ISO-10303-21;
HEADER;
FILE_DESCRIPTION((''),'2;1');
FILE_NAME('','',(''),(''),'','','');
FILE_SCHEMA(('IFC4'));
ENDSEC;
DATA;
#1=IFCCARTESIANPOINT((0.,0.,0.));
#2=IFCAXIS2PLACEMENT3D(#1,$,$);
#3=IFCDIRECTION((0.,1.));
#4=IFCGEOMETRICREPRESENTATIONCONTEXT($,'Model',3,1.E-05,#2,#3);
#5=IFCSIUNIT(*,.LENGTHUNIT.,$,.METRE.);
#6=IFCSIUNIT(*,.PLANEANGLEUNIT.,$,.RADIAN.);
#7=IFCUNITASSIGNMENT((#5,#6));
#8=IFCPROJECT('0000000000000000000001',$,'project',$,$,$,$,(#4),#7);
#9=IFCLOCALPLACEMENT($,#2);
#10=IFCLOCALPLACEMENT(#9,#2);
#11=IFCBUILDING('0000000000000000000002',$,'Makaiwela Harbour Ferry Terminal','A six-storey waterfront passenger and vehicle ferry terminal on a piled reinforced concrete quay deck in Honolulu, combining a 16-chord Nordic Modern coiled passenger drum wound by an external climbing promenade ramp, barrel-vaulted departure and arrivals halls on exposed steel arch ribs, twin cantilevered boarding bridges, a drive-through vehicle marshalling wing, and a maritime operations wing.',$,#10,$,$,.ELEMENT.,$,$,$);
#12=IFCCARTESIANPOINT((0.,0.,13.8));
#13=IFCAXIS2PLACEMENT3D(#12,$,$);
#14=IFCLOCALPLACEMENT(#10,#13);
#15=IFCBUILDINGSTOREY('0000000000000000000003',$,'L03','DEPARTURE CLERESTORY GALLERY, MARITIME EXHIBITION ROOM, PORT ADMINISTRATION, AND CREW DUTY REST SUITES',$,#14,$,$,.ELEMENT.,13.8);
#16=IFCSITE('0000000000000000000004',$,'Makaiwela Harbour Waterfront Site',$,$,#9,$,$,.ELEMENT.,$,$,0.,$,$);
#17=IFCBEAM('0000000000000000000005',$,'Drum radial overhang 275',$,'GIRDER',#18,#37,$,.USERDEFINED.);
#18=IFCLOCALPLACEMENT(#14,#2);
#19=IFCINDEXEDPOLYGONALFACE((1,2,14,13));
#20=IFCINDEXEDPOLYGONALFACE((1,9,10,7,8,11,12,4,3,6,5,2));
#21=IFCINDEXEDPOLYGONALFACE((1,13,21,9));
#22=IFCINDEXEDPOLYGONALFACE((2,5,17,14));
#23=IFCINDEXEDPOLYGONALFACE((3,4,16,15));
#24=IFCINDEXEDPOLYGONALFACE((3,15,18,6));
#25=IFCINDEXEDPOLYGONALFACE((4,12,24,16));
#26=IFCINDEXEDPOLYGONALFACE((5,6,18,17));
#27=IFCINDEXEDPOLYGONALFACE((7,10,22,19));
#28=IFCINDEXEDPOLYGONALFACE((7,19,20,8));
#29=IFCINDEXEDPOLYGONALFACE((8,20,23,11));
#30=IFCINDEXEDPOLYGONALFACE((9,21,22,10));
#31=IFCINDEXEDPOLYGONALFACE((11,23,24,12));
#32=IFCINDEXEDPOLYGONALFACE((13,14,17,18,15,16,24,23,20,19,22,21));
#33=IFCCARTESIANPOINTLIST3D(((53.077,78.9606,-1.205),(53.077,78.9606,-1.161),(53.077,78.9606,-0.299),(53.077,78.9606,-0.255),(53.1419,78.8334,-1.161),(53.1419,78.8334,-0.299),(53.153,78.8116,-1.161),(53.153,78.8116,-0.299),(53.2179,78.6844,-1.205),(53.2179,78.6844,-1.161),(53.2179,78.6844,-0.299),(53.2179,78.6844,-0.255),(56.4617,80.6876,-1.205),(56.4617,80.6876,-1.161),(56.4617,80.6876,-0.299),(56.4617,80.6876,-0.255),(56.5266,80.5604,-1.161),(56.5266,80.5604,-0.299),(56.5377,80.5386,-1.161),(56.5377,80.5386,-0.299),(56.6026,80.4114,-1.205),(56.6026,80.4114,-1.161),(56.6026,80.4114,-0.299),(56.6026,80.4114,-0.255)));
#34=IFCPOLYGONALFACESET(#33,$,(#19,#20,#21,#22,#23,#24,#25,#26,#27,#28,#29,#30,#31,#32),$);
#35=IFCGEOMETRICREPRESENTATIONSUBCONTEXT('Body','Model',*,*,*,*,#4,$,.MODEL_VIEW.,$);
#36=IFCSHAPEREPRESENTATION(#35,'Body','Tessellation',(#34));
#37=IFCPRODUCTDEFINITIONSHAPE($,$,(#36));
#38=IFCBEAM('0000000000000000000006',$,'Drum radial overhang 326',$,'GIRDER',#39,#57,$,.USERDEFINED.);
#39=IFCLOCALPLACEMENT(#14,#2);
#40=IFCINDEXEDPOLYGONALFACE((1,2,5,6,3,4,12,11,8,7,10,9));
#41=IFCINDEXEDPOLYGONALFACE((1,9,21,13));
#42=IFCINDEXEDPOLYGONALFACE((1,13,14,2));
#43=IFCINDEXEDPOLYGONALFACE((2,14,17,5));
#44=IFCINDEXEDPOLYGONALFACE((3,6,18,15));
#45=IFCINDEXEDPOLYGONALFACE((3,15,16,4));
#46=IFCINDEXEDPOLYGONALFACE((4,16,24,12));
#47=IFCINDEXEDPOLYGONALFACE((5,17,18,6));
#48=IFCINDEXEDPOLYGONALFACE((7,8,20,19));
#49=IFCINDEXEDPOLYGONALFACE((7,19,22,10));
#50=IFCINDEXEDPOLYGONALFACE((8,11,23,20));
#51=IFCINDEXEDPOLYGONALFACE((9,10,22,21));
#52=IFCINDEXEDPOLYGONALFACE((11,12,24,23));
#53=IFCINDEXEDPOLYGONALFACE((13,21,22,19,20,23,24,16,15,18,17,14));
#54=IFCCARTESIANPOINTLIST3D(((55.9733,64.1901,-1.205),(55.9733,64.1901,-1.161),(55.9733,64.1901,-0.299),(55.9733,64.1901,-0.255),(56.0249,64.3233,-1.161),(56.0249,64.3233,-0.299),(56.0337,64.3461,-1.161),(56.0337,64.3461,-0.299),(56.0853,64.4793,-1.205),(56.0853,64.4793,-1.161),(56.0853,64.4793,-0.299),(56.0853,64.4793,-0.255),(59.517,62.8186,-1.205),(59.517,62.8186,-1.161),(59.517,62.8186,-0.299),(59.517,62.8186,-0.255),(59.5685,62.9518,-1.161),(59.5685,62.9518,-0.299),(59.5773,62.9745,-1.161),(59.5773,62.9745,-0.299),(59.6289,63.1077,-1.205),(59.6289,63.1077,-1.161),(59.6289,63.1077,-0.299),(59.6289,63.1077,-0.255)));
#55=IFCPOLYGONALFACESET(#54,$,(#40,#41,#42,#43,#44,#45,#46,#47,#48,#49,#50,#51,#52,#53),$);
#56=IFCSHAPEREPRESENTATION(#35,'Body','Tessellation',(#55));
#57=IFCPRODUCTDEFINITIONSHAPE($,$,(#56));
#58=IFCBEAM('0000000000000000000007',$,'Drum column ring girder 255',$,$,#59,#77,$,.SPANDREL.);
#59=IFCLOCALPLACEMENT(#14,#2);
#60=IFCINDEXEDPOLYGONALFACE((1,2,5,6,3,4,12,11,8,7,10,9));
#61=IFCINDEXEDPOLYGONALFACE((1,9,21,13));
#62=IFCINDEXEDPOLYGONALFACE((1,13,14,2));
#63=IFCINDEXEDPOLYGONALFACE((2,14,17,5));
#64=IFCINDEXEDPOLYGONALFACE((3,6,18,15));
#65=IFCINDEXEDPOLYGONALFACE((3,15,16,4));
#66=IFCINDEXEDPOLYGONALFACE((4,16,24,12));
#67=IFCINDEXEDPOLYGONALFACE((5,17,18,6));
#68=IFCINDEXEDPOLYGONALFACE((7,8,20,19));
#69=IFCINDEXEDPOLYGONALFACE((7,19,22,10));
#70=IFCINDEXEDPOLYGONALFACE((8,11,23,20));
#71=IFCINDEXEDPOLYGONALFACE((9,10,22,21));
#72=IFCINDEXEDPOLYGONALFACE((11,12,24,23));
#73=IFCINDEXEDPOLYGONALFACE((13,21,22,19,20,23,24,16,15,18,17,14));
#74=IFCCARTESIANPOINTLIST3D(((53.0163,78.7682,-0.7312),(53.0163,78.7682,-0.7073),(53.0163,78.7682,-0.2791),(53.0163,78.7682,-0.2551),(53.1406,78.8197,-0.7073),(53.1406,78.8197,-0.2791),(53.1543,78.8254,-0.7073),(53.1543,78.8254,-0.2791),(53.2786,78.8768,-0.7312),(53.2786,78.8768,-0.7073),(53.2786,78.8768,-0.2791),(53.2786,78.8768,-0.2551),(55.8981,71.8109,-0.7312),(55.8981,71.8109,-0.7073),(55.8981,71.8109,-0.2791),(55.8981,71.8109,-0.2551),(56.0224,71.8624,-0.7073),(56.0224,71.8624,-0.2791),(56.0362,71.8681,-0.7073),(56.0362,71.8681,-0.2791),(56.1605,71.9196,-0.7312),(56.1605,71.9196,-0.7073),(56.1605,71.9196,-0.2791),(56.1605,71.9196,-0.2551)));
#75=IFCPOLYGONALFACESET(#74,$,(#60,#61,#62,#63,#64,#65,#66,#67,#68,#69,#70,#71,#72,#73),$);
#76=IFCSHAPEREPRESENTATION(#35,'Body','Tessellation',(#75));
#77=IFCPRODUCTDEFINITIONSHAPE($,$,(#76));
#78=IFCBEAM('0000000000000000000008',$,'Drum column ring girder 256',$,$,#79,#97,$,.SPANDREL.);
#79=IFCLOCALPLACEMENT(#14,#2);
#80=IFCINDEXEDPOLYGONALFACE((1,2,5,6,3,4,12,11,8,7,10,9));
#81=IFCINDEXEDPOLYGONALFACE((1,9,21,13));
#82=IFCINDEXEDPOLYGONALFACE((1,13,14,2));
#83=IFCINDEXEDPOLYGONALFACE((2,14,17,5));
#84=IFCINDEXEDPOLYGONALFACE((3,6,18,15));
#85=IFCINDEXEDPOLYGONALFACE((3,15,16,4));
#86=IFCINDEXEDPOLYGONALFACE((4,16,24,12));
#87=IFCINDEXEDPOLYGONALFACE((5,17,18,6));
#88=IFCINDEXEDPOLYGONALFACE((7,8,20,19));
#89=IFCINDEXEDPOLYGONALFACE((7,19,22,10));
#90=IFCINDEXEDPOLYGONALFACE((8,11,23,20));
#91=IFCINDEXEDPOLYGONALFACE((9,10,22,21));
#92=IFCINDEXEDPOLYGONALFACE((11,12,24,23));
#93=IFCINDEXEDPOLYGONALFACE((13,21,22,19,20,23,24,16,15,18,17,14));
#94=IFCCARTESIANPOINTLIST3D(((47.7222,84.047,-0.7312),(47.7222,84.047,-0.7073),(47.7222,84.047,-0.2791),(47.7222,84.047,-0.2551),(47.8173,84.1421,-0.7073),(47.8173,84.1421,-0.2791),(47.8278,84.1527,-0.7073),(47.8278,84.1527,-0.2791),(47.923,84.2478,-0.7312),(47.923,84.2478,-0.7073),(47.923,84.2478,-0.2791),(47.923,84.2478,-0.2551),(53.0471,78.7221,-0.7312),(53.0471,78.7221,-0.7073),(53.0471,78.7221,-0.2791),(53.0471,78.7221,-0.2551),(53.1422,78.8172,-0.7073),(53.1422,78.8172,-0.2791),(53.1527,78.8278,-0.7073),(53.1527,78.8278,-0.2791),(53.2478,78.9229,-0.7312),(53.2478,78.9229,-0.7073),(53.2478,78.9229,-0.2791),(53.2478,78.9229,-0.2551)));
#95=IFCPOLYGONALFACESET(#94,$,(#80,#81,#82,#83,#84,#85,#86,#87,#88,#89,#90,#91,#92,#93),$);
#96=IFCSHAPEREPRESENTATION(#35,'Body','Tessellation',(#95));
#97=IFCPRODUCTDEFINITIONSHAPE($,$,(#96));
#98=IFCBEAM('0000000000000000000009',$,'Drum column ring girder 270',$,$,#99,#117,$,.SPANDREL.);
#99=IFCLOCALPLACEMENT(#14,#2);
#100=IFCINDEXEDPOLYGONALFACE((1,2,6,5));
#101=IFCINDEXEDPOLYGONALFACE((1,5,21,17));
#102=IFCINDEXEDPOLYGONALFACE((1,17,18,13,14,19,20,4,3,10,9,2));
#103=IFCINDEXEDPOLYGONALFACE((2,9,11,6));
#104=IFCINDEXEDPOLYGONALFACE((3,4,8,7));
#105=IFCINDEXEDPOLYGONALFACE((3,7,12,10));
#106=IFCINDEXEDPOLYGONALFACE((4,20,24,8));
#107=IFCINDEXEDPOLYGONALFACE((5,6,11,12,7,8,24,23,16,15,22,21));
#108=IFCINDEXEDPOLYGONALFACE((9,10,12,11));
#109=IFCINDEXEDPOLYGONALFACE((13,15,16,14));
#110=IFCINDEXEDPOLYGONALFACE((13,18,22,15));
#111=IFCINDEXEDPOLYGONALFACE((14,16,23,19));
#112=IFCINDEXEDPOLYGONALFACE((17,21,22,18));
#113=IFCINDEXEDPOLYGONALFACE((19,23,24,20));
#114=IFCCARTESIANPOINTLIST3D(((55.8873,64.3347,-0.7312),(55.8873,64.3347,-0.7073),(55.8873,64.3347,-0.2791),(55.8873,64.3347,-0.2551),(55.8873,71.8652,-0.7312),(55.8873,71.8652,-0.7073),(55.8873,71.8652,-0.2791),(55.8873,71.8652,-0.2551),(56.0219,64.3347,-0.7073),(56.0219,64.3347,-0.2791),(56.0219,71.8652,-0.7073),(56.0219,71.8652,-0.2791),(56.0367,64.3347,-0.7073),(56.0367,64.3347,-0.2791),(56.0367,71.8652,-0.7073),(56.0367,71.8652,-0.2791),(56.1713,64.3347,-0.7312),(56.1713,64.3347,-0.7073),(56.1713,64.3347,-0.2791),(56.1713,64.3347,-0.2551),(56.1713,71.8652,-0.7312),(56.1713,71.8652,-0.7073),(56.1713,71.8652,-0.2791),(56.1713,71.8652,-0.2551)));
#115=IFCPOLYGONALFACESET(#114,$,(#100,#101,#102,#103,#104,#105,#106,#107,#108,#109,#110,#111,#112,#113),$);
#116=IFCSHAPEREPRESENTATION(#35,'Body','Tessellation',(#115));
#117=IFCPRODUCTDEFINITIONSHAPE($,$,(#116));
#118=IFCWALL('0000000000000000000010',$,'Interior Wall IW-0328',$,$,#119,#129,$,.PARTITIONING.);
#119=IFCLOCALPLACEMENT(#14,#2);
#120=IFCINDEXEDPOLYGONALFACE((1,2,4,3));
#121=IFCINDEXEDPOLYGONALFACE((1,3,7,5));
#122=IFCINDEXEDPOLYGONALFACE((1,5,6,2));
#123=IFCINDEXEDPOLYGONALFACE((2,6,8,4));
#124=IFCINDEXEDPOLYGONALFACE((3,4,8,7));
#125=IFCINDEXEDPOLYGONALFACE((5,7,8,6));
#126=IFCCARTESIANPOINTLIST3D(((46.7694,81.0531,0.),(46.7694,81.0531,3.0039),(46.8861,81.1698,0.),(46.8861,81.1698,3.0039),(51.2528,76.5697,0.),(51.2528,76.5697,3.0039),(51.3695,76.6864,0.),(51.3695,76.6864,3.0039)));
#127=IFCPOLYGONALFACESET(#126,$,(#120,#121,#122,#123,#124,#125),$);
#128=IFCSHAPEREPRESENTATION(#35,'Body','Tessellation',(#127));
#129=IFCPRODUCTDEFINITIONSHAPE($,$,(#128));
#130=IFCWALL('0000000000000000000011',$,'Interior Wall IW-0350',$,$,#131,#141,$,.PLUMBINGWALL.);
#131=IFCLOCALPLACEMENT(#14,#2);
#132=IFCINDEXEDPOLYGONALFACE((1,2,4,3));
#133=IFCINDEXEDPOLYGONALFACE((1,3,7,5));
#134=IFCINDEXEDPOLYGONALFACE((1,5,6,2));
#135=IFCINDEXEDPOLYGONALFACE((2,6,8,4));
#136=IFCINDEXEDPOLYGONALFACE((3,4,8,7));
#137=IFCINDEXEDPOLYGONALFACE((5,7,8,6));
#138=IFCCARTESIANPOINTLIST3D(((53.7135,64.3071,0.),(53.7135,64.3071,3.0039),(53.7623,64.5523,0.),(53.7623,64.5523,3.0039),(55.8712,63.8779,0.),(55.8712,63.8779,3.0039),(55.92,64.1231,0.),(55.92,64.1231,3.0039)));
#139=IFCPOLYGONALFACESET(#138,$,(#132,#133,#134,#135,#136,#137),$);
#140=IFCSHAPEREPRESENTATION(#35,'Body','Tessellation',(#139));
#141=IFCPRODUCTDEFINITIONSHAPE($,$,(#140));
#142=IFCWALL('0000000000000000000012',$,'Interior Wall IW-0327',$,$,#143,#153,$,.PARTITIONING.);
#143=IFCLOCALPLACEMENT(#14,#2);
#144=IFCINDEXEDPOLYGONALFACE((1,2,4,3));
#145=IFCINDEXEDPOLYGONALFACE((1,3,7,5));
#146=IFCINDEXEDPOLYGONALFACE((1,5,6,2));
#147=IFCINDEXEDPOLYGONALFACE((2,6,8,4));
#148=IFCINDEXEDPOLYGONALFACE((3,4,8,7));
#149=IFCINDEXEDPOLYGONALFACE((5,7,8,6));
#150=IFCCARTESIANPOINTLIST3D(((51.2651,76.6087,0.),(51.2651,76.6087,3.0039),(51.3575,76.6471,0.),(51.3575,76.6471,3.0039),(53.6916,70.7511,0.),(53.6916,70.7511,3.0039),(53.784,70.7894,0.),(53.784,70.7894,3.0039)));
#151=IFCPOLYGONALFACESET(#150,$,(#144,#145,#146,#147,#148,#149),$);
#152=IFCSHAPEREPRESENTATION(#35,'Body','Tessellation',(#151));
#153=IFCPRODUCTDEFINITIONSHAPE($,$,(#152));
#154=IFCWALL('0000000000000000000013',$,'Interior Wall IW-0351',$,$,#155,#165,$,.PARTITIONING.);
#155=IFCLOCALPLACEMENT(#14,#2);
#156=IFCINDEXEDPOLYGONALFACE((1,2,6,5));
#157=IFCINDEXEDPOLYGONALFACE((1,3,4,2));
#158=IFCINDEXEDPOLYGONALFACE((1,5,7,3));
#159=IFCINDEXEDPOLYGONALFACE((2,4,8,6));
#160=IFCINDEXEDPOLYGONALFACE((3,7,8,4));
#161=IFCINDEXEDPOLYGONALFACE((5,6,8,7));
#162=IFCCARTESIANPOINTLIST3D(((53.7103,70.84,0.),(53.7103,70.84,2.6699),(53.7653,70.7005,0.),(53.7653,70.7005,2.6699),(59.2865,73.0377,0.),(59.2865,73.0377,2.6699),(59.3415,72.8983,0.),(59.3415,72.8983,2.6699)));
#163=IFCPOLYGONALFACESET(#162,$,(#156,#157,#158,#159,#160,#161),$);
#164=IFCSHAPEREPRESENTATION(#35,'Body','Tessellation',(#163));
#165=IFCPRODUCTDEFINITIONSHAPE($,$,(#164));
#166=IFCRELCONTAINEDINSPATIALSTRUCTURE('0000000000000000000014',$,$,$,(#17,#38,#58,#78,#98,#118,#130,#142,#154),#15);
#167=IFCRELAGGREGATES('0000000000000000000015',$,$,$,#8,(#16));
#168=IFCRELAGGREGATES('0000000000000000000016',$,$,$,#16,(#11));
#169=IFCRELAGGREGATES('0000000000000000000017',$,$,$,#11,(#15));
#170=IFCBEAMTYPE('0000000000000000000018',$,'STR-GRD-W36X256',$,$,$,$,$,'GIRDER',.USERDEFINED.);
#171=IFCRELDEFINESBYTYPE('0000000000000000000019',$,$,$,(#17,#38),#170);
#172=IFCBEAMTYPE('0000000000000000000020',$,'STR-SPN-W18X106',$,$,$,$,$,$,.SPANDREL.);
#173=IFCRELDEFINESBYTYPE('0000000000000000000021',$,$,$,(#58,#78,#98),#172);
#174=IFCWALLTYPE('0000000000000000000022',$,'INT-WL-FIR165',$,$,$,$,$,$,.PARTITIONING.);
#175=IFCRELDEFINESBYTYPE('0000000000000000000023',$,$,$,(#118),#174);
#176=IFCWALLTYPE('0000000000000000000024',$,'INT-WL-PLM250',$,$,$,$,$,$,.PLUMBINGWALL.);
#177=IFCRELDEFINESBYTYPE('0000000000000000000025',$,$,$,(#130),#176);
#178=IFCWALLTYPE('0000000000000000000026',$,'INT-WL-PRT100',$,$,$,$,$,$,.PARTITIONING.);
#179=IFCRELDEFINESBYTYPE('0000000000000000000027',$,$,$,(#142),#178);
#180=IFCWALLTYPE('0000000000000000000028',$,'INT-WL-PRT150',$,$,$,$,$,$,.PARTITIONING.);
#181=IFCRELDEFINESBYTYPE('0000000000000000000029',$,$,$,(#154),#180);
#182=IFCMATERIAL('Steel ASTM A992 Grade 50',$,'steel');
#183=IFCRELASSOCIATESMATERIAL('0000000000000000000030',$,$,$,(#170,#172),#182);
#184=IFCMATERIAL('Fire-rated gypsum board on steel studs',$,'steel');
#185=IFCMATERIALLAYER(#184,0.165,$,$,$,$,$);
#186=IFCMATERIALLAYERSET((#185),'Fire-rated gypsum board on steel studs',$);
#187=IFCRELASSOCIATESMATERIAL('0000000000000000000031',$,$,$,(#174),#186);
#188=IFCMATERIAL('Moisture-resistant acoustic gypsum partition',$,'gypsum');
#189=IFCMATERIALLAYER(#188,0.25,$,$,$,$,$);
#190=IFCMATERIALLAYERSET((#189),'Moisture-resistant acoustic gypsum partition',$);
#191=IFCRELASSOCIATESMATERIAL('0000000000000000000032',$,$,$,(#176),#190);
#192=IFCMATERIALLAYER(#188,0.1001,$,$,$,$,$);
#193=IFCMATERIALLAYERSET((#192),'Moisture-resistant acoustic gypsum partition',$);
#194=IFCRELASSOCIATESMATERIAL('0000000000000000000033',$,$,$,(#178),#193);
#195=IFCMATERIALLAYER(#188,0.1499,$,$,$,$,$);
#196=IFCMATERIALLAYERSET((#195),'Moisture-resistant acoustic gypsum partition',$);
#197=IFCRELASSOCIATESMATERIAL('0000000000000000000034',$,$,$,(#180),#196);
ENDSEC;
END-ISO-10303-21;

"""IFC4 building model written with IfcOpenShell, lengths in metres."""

from ifc_helpers import new_model, si_unit, direction, frame, frame_2d, origin, origin_2d, place, context, subcontext, project, spatial, rectangle, i_section, extrude, material, layer, layer_set, material_profile, profile_set, type_object, element, save


model = new_model("IFC4")

# Units and contexts
model_context = context("Model", 3, precision=1e-05, world=origin(), true_north=direction((0.0, 1.0)))
body_context = subcontext(model_context, "Body", "Model", "MODEL_VIEW")
ifc_project = project(units=[si_unit("LENGTHUNIT", "METRE"), si_unit("PLANEANGLEUNIT", "RADIAN")], contexts=[model_context])

# Site, building, storey
site_placement = place(None, origin())
site = spatial("IfcSite", under=ifc_project, at=site_placement, Name="Makaiwela Harbour Waterfront Site", CompositionType="ELEMENT", RefElevation=0.0)
building_placement = place(site_placement, origin())
building = spatial("IfcBuilding", under=site, at=building_placement, Name="Makaiwela Harbour Ferry Terminal", Description="A six-storey waterfront passenger and vehicle ferry terminal on a piled reinforced concrete quay deck in Honolulu, combining a 16-chord Nordic Modern coiled passenger drum wound by an external climbing promenade ramp, barrel-vaulted departure and arrivals halls on exposed steel arch ribs, twin cantilevered boarding bridges, a drive-through vehicle marshalling wing, and a maritime operations wing.", CompositionType="ELEMENT")
storey_placement = place(building_placement, frame((0.0, 0.0, 13.8)))
storey = spatial("IfcBuildingStorey", under=building, at=storey_placement, Name="L03", Description="DEPARTURE CLERESTORY GALLERY, MARITIME EXHIBITION ROOM, PORT ADMINISTRATION, AND CREW DUTY REST SUITES", CompositionType="ELEMENT", Elevation=13.8)

# Shared definitions
ifc_material_1 = material(Name="Steel ASTM A992 Grade 50", Category="steel")

# Beams
ifc_material_profile_1 = material_profile(ifc_material_1, i_section(OverallWidth=0.3101, OverallDepth=0.95, WebThickness=0.0244, FlangeThickness=0.0439, at=origin_2d()), Name="W36X256")
ifc_profile_set_1 = profile_set([ifc_material_profile_1], Name="Steel ASTM A992 Grade 50")
beam_type_1 = type_object("IfcBeamType", Name="STR-GRD-W36X256", ElementType="GIRDER", PredefinedType="USERDEFINED", material=ifc_profile_set_1)
for number, where, z_axis, x_axis, name in (
    (1, (53.1475, 78.8225, -0.73), (0.890748, 0.454497, 0.0), (-0.454497, 0.890748, 0.0), "Drum radial overhang 275"),
    (2, (56.0293, 64.3347, -0.73), (0.932583, -0.360954, 0.0), (0.360954, 0.932583, 0.0), "Drum radial overhang 326"),
):
    element("IfcBeam", number, at=place(storey_placement, frame(where, z_axis=z_axis, x_axis=x_axis)), inside=storey, type_object=beam_type_1, Name=name, ObjectType="GIRDER", PredefinedType="USERDEFINED", context=body_context, shape_type="SweptSolid", body=[
        extrude(i_section(OverallWidth=0.3101, OverallDepth=0.95, WebThickness=0.0244, FlangeThickness=0.0439, at=origin_2d()), origin(), (0.0, 0.0, 1.0), 3.7998),
    ])
ifc_material_profile_2 = material_profile(ifc_material_1, i_section(OverallWidth=0.2839, OverallDepth=0.4761, WebThickness=0.0149, FlangeThickness=0.0239, at=origin_2d()), Name="W18X106")
ifc_profile_set_2 = profile_set([ifc_material_profile_2], Name="Steel ASTM A992 Grade 50")
beam_type_2 = type_object("IfcBeamType", Name="STR-SPN-W18X106", PredefinedType="SPANDREL", material=ifc_profile_set_2)
for number, where, z_axis, x_axis, name in (
    (3, (56.0293, 71.8652, -0.4932), (-0.382688, 0.923878, 0.0), (-0.923878, -0.382688, 0.0), "Drum column ring girder 255"),
    (4, (53.1475, 78.8225, -0.4932), (-0.707107, 0.707107, 0.0), (-0.707107, -0.707107, 0.0), "Drum column ring girder 256"),
    (5, (56.0293, 64.3347, -0.4932), (0.0, 1.0, 0.0), (-1.0, 0.0, 0.0), "Drum column ring girder 270"),
):
    element("IfcBeam", number, at=place(storey_placement, frame(where, z_axis=z_axis, x_axis=x_axis)), inside=storey, type_object=beam_type_2, Name=name, PredefinedType="SPANDREL", context=body_context, shape_type="SweptSolid", body=[
        extrude(i_section(OverallWidth=0.2839, OverallDepth=0.4761, WebThickness=0.0149, FlangeThickness=0.0239, at=origin_2d()), origin(), (0.0, 0.0, 1.0), 7.5305),
    ])

# Walls
ifc_material_2 = material(Name="Fire-rated gypsum board on steel studs", Category="steel")
ifc_layer_1 = layer(ifc_material_2, 0.165)
ifc_layer_set_1 = layer_set([ifc_layer_1], Name="Fire-rated gypsum board on steel studs")
wall_type_1 = type_object("IfcWallType", Name="INT-WL-FIR165", PredefinedType="PARTITIONING", material=ifc_layer_set_1)
wall_1_placement = place(storey_placement, frame((51.3113, 76.6279, 0.0), z_axis=(0.0, 0.0, 1.0), x_axis=(-0.707107, 0.707107, 0.0)))
element("IfcWall", 6, at=wall_1_placement, inside=storey, type_object=wall_type_1, Name="Interior Wall IW-0328", PredefinedType="PARTITIONING", context=body_context, shape_type="SweptSolid", body=[
    extrude(rectangle(XDim=6.3406, YDim=0.165, at=frame_2d((3.1704, 0.0))), origin(), (0.0, 0.0, 1.0), 3.0039),
])
ifc_material_3 = material(Name="Moisture-resistant acoustic gypsum partition", Category="gypsum")
ifc_layer_2 = layer(ifc_material_3, 0.25)
ifc_layer_set_2 = layer_set([ifc_layer_2], Name="Moisture-resistant acoustic gypsum partition")
wall_type_2 = type_object("IfcWallType", Name="INT-WL-PLM250", PredefinedType="PLUMBINGWALL", material=ifc_layer_set_2)
wall_2_placement = place(storey_placement, frame((53.7378, 64.4297, 0.0), z_axis=(0.0, 0.0, 1.0), x_axis=(0.980785, -0.195092, 0.0)))
element("IfcWall", 7, at=wall_2_placement, inside=storey, type_object=wall_type_2, Name="Interior Wall IW-0350", PredefinedType="PLUMBINGWALL", context=body_context, shape_type="SweptSolid", body=[
    extrude(rectangle(XDim=2.2, YDim=0.25, at=frame_2d((1.1001, 0.0))), origin(), (0.0, 0.0, 1.0), 3.0039),
])
ifc_layer_3 = layer(ifc_material_3, 0.1001)
ifc_layer_set_3 = layer_set([ifc_layer_3], Name="Moisture-resistant acoustic gypsum partition")
wall_type_3 = type_object("IfcWallType", Name="INT-WL-PRT100", PredefinedType="PARTITIONING", material=ifc_layer_set_3)
wall_3_placement = place(storey_placement, frame((53.7378, 70.7703, 0.0), z_axis=(0.0, 0.0, 1.0), x_axis=(-0.382709, 0.923869, 0.0)))
element("IfcWall", 8, at=wall_3_placement, inside=storey, type_object=wall_type_3, Name="Interior Wall IW-0327", PredefinedType="PARTITIONING", context=body_context, shape_type="SweptSolid", body=[
    extrude(rectangle(XDim=6.3403, YDim=0.1001, at=frame_2d((3.1702, 0.0))), origin(), (0.0, 0.0, 1.0), 3.0039),
])
ifc_layer_4 = layer(ifc_material_3, 0.1499)
ifc_layer_set_4 = layer_set([ifc_layer_4], Name="Moisture-resistant acoustic gypsum partition")
wall_type_4 = type_object("IfcWallType", Name="INT-WL-PRT150", PredefinedType="PARTITIONING", material=ifc_layer_set_4)
wall_4_placement = place(storey_placement, frame((53.7378, 70.7703, 0.0), z_axis=(0.0, 0.0, 1.0), x_axis=(0.930347, 0.366681, 0.0)))
element("IfcWall", 9, at=wall_4_placement, inside=storey, type_object=wall_type_4, Name="Interior Wall IW-0351", PredefinedType="PARTITIONING", context=body_context, shape_type="SweptSolid", body=[
    extrude(rectangle(XDim=5.9937, YDim=0.1499, at=frame_2d((2.9968, 0.0))), origin(), (0.0, 0.0, 1.0), 2.6699),
])

save(model, "model.ifc")
